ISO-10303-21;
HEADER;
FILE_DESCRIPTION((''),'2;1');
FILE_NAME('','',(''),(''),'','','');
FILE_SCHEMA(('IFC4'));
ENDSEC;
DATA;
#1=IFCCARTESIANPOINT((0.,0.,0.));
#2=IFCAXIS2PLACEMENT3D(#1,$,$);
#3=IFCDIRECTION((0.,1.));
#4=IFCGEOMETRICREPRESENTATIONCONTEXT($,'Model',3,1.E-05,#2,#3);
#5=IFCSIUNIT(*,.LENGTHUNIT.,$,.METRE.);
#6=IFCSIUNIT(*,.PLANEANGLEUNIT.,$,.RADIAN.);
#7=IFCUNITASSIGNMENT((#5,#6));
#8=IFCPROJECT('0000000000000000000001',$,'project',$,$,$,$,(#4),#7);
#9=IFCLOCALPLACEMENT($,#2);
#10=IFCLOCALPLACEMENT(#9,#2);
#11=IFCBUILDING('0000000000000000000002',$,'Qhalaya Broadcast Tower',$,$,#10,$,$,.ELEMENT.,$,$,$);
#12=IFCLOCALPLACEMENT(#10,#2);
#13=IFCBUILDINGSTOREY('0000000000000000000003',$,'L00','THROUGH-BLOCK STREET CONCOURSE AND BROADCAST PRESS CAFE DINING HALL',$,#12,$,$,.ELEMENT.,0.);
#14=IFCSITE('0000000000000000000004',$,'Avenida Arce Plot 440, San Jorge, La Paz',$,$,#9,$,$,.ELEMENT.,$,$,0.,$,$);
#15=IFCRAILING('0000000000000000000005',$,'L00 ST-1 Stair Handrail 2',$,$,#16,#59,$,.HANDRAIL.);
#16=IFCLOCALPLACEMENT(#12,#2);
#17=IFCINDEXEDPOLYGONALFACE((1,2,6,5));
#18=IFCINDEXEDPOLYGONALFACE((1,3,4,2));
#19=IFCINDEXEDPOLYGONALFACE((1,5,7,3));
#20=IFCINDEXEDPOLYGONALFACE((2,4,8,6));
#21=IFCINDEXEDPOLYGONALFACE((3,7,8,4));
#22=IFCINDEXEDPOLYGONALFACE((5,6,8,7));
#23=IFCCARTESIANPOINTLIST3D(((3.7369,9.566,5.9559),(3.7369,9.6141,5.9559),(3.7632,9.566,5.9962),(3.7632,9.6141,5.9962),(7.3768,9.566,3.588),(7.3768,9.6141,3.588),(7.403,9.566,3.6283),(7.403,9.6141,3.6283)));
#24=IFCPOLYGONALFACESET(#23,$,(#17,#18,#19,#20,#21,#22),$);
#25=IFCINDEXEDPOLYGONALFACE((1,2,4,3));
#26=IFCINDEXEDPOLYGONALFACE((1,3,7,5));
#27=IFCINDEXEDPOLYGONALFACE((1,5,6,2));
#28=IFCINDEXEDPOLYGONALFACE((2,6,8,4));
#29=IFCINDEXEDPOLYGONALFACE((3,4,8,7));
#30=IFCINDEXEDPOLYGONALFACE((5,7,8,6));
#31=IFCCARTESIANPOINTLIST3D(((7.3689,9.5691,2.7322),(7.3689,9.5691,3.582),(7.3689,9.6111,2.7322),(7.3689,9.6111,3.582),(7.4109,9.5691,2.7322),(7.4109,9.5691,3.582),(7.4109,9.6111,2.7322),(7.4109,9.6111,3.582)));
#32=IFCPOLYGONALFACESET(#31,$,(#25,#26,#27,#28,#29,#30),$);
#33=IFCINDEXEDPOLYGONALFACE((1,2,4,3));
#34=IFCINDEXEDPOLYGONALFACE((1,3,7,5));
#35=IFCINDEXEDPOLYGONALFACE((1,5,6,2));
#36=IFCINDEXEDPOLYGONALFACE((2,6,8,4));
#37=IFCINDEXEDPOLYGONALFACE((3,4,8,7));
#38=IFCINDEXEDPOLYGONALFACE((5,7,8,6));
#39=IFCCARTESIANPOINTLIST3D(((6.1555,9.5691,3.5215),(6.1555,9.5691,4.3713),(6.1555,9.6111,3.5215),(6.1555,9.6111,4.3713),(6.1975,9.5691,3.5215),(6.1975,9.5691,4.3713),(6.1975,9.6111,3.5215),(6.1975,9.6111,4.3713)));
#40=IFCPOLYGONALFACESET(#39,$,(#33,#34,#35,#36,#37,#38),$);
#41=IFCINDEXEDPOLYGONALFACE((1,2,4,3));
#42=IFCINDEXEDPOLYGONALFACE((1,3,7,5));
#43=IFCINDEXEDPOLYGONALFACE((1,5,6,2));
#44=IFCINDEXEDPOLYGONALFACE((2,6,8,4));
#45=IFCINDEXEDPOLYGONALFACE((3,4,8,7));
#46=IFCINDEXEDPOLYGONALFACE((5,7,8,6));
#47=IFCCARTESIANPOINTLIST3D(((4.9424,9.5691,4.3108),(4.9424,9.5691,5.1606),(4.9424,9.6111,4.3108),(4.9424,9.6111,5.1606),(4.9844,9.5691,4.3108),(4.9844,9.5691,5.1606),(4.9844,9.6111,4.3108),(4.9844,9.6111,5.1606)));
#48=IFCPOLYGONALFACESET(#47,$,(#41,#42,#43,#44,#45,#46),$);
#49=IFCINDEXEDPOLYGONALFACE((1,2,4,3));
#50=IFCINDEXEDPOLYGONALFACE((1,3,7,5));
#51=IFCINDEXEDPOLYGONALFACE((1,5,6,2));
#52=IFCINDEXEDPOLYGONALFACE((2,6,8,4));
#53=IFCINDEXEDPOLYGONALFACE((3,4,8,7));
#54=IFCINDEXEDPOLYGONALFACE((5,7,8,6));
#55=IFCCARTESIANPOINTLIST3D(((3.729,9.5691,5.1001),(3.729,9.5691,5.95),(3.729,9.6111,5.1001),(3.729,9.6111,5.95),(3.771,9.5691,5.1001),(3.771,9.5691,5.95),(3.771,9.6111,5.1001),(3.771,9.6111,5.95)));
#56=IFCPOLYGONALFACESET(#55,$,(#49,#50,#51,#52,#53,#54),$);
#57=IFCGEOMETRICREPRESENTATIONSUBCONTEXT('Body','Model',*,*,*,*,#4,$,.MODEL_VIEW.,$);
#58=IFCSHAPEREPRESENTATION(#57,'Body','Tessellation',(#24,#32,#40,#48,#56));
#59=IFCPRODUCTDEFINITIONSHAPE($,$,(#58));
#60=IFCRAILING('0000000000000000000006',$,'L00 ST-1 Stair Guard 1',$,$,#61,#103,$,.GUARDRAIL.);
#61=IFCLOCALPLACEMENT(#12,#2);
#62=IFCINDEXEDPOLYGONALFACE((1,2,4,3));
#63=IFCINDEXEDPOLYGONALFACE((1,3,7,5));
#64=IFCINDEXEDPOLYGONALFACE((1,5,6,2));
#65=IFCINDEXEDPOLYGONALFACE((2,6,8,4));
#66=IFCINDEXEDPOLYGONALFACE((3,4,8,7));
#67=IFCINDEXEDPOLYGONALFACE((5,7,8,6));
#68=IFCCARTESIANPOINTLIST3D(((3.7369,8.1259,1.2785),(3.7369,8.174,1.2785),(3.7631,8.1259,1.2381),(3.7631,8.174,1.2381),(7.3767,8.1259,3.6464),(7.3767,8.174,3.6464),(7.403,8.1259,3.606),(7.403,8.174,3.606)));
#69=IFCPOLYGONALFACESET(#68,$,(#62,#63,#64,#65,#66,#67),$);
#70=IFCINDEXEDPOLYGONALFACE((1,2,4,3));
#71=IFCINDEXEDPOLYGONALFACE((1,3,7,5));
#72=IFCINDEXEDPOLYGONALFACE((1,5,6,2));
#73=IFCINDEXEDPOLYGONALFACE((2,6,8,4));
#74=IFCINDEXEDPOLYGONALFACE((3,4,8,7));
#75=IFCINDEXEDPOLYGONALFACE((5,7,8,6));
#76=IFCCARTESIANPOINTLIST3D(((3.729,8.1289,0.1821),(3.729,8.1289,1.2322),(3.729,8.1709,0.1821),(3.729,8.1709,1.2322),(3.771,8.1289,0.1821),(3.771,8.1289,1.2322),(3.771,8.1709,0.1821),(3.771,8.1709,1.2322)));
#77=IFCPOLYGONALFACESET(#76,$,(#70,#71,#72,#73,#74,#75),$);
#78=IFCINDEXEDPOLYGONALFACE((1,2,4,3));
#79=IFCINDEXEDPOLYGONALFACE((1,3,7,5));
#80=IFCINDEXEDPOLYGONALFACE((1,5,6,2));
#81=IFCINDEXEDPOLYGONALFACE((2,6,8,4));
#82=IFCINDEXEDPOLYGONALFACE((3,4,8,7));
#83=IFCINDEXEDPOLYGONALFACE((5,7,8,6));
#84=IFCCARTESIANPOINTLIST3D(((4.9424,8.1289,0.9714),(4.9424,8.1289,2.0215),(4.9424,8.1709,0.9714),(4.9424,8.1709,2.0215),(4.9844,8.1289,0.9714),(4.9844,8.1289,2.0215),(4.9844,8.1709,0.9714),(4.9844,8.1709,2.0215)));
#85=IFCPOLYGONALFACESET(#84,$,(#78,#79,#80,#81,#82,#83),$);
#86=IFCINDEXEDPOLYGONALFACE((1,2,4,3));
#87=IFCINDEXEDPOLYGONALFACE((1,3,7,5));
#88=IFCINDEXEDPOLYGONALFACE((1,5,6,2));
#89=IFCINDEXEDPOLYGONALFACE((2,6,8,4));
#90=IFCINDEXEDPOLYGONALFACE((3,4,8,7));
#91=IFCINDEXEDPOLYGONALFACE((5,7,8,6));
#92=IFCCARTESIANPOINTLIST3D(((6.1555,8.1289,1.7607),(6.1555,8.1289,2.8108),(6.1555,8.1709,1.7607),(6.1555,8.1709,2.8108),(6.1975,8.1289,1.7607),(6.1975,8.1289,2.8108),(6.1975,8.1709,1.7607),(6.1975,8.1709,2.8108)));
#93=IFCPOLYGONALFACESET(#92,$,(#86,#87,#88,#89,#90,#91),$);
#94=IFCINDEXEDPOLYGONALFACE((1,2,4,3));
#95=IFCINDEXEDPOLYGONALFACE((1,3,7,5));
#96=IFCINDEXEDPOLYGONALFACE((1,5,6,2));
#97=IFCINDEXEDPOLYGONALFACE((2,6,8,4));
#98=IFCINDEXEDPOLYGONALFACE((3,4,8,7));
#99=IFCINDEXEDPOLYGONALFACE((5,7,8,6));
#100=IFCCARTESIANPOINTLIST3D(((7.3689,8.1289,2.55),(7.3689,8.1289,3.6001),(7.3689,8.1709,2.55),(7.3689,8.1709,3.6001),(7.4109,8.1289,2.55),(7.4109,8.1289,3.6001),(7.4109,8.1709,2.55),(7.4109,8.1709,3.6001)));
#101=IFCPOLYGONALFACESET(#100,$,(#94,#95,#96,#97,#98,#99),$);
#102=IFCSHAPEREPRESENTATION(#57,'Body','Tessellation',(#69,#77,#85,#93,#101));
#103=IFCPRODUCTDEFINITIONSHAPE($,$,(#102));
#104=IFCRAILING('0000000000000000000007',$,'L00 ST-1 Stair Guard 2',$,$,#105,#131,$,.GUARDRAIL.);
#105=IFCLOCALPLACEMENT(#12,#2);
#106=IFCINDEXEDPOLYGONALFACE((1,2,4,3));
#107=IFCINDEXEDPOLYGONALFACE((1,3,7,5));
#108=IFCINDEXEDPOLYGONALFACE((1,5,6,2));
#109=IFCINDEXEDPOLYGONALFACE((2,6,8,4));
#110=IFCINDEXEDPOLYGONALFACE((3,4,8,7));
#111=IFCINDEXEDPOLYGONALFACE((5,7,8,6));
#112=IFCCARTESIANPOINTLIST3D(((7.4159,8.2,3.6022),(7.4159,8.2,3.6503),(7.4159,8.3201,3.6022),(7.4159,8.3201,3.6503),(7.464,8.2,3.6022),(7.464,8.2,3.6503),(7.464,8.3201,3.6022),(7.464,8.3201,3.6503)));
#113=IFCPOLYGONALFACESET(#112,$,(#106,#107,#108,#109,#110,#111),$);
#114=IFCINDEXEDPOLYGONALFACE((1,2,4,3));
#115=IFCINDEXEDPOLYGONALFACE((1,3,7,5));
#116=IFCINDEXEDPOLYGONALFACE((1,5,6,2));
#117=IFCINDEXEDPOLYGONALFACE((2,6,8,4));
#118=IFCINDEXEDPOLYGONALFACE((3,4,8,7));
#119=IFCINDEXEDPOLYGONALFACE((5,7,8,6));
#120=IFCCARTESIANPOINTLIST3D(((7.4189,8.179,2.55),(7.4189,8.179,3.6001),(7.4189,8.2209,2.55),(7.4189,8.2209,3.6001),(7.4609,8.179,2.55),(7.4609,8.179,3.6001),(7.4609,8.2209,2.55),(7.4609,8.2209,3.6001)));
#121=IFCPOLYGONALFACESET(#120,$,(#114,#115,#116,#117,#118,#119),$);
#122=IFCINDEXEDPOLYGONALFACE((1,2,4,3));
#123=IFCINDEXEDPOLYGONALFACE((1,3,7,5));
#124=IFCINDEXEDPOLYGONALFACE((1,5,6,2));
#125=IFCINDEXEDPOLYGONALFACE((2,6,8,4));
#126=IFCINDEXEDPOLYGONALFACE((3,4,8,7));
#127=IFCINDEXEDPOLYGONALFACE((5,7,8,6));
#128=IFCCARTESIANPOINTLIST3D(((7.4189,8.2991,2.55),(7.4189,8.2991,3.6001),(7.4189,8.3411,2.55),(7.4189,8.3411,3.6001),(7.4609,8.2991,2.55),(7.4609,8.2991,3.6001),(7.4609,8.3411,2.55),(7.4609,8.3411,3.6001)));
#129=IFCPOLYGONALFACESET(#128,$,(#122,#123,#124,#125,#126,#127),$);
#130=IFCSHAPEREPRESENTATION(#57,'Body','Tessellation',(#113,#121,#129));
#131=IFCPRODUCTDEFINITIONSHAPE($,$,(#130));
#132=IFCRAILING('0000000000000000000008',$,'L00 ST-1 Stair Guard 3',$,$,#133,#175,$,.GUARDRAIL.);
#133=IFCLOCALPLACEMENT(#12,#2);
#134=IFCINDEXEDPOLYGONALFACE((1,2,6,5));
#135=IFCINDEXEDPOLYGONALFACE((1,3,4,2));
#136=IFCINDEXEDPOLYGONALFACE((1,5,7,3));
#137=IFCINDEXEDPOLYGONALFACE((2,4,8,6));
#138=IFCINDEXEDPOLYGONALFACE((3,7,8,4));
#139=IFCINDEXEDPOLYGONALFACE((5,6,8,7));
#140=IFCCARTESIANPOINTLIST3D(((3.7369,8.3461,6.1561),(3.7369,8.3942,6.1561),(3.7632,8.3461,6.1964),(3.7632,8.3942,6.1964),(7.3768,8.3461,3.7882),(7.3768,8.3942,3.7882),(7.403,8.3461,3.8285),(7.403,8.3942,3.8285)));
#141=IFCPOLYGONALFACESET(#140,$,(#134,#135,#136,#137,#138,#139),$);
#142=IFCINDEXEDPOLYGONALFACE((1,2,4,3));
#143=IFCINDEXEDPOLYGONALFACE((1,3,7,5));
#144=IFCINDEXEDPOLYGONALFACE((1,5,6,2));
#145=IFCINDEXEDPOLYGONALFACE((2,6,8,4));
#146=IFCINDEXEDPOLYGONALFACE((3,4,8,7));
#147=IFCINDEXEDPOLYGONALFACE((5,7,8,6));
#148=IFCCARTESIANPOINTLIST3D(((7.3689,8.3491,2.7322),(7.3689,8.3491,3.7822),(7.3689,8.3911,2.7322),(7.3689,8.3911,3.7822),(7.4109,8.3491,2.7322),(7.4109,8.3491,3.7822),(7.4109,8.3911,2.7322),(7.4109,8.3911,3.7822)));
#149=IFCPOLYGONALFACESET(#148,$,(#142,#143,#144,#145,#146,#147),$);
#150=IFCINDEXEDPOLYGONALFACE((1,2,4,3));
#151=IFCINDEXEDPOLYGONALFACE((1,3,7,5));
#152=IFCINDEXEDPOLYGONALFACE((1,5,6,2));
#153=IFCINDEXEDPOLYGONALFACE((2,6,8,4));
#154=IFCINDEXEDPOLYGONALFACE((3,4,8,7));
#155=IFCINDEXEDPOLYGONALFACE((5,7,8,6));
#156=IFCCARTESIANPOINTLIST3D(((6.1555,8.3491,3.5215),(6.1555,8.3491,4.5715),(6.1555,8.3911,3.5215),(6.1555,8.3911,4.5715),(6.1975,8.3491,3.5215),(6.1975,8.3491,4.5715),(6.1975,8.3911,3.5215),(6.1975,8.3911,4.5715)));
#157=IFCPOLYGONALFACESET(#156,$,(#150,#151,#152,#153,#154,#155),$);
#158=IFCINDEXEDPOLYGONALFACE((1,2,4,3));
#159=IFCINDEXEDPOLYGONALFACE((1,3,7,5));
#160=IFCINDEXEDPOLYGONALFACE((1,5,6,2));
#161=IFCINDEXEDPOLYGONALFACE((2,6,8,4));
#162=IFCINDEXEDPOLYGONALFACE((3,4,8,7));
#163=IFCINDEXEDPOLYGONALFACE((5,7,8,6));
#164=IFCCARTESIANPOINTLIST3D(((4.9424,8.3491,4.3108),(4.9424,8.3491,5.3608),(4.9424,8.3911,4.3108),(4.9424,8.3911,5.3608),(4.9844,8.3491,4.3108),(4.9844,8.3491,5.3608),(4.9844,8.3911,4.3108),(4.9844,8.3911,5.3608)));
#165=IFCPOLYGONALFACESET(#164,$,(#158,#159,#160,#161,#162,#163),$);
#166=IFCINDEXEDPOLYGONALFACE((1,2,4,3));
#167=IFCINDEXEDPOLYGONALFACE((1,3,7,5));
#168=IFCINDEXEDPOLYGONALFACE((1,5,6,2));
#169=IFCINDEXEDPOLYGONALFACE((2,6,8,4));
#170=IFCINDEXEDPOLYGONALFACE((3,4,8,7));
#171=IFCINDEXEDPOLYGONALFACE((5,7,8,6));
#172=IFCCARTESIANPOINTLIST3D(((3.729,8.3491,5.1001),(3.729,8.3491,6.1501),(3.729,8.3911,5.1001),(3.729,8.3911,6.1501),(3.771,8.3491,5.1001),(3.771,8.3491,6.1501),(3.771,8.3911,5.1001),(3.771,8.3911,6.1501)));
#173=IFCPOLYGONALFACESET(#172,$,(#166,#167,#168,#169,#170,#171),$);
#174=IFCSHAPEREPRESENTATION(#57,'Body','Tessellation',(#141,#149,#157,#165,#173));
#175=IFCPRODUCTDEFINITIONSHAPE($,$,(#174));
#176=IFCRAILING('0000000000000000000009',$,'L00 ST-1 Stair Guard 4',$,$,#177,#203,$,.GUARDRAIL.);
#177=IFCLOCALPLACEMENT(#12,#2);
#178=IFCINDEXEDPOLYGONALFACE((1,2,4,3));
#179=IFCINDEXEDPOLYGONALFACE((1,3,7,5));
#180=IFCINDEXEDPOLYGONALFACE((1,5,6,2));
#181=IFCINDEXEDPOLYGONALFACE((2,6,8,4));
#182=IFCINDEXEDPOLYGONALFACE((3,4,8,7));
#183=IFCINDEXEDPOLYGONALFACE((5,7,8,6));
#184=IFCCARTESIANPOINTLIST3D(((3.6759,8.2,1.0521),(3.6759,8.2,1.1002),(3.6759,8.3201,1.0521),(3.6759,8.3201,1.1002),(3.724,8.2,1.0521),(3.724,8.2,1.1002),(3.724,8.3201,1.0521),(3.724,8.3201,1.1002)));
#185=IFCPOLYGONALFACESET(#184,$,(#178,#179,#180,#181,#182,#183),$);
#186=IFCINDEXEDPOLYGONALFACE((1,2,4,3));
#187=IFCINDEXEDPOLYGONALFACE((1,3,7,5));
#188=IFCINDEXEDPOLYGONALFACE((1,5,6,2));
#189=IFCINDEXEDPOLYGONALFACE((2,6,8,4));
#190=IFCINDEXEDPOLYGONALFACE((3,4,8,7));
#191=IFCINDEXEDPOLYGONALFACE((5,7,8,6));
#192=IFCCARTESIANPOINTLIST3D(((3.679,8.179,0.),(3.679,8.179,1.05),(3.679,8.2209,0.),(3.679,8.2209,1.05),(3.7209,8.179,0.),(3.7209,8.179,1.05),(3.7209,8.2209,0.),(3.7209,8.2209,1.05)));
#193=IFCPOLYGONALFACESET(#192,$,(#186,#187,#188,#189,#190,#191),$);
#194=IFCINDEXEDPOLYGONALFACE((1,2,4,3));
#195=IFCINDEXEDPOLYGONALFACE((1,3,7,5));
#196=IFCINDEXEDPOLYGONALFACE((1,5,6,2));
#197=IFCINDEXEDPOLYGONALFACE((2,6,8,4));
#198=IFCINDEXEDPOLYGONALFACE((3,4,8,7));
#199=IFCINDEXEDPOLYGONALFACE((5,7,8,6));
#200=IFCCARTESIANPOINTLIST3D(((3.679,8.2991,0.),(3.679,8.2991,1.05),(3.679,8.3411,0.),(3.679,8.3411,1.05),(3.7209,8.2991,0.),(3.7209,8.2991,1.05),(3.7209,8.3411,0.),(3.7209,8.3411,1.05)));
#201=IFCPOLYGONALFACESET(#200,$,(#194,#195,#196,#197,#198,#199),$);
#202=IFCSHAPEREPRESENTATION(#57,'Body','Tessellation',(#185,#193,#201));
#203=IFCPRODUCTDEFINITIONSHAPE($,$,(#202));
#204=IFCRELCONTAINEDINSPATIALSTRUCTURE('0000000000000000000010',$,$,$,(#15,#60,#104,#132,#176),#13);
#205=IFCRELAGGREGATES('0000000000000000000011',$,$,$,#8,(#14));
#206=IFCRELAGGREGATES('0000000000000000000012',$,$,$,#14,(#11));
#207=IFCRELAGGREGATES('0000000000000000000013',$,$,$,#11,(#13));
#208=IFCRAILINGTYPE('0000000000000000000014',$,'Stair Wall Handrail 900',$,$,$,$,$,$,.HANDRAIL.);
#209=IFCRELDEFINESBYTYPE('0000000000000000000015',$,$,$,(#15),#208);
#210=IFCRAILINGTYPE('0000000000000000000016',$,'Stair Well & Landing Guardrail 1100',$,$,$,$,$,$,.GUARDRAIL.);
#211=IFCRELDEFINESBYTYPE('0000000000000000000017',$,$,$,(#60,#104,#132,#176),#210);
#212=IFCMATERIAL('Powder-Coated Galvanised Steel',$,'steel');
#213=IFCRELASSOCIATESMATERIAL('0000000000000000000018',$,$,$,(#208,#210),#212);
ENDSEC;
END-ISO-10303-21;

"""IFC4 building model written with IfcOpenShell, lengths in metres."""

from ifc_helpers import new_model, si_unit, direction, frame, origin, origin_2d, place, context, subcontext, project, spatial, rectangle, extrude, material, type_object, element, save


model = new_model("IFC4")

# Units and contexts
model_context = context("Model", 3, precision=1e-05, world=origin(), true_north=direction((0.0, 1.0)))
body_context = subcontext(model_context, "Body", "Model", "MODEL_VIEW")
ifc_project = project(units=[si_unit("LENGTHUNIT", "METRE"), si_unit("PLANEANGLEUNIT", "RADIAN")], contexts=[model_context])

# Site, building, storey
site_placement = place(None, origin())
site = spatial("IfcSite", under=ifc_project, at=site_placement, Name="Avenida Arce Plot 440, San Jorge, La Paz", CompositionType="ELEMENT", RefElevation=0.0)
building_placement = place(site_placement, origin())
building = spatial("IfcBuilding", under=site, at=building_placement, Name="Qhalaya Broadcast Tower", CompositionType="ELEMENT")
storey_placement = place(building_placement, origin())
storey = spatial("IfcBuildingStorey", under=building, at=storey_placement, Name="L00", Description="THROUGH-BLOCK STREET CONCOURSE AND BROADCAST PRESS CAFE DINING HALL", CompositionType="ELEMENT", Elevation=0.0)

# Railings
ifc_material_1 = material(Name="Powder-Coated Galvanised Steel", Category="steel")
railing_type_1 = type_object("IfcRailingType", Name="Stair Wall Handrail 900", PredefinedType="HANDRAIL", material=ifc_material_1)
railing_1_placement = place(storey_placement, frame((7.3899, 9.5901, 2.7322)))
element("IfcRailing", 1, at=railing_1_placement, inside=storey, type_object=railing_type_1, Name="L00 ST-1 Stair Handrail 2", PredefinedType="HANDRAIL", context=body_context, shape_type="SweptSolid", body=[
    extrude(rectangle(XDim=0.0481, YDim=0.0481, at=origin_2d()), frame((0.0, 0.0, 0.876), z_axis=(-0.838234, 0.0, 0.54531), x_axis=(0.0, -1.0, 0.0)), (0.0, 0.0, 1.0), 4.3423),
    extrude(rectangle(XDim=0.042, YDim=0.042, at=origin_2d()), origin(), (0.0, 0.0, 1.0), 0.8499),
    extrude(rectangle(XDim=0.042, YDim=0.042, at=origin_2d()), frame((-1.2134, 0.0, 0.7893)), (0.0, 0.0, 1.0), 0.8499),
    extrude(rectangle(XDim=0.042, YDim=0.042, at=origin_2d()), frame((-2.4265, 0.0, 1.5786)), (0.0, 0.0, 1.0), 0.8499),
    extrude(rectangle(XDim=0.042, YDim=0.042, at=origin_2d()), frame((-3.6399, 0.0, 2.3679)), (0.0, 0.0, 1.0), 0.8499),
])
railing_type_2 = type_object("IfcRailingType", Name="Stair Well & Landing Guardrail 1100", PredefinedType="GUARDRAIL", material=ifc_material_1)
railing_2_placement = place(storey_placement, frame((3.75, 8.1499, 0.1821)))
element("IfcRailing", 2, at=railing_2_placement, inside=storey, type_object=railing_type_2, Name="L00 ST-1 Stair Guard 1", PredefinedType="GUARDRAIL", context=body_context, shape_type="SweptSolid", body=[
    extrude(rectangle(XDim=0.0481, YDim=0.0481, at=origin_2d()), frame((0.0, 0.0, 1.0762), z_axis=(0.838234, 0.0, 0.54531), x_axis=(0.0, 1.0, 0.0)), (0.0, 0.0, 1.0), 4.3423),
    extrude(rectangle(XDim=0.042, YDim=0.042, at=origin_2d()), origin(), (0.0, 0.0, 1.0), 1.05),
    extrude(rectangle(XDim=0.042, YDim=0.042, at=origin_2d()), frame((1.2134, 0.0, 0.7893)), (0.0, 0.0, 1.0), 1.05),
    extrude(rectangle(XDim=0.042, YDim=0.042, at=origin_2d()), frame((2.4265, 0.0, 1.5786)), (0.0, 0.0, 1.0), 1.05),
    extrude(rectangle(XDim=0.042, YDim=0.042, at=origin_2d()), frame((3.6399, 0.0, 2.3679)), (0.0, 0.0, 1.0), 1.05),
])
railing_3_placement = place(storey_placement, frame((7.4399, 8.2, 2.55)))
element("IfcRailing", 3, at=railing_3_placement, inside=storey, type_object=railing_type_2, Name="L00 ST-1 Stair Guard 2", PredefinedType="GUARDRAIL", context=body_context, shape_type="SweptSolid", body=[
    extrude(rectangle(XDim=0.0481, YDim=0.0481, at=origin_2d()), frame((0.0, 0.0, 1.0762), z_axis=(0.0, 1.0, 0.0), x_axis=(-1.0, 0.0, 0.0)), (0.0, 0.0, 1.0), 0.1201),
    extrude(rectangle(XDim=0.042, YDim=0.042, at=origin_2d()), origin(), (0.0, 0.0, 1.0), 1.05),
    extrude(rectangle(XDim=0.042, YDim=0.042, at=origin_2d()), frame((0.0, 0.1201, 0.0)), (0.0, 0.0, 1.0), 1.05),
])
railing_4_placement = place(storey_placement, frame((7.3899, 8.3701, 2.7322)))
element("IfcRailing", 4, at=railing_4_placement, inside=storey, type_object=railing_type_2, Name="L00 ST-1 Stair Guard 3", PredefinedType="GUARDRAIL", context=body_context, shape_type="SweptSolid", body=[
    extrude(rectangle(XDim=0.0481, YDim=0.0481, at=origin_2d()), frame((0.0, 0.0, 1.0762), z_axis=(-0.838234, 0.0, 0.54531), x_axis=(0.0, -1.0, 0.0)), (0.0, 0.0, 1.0), 4.3423),
    extrude(rectangle(XDim=0.042, YDim=0.042, at=origin_2d()), origin(), (0.0, 0.0, 1.0), 1.05),
    extrude(rectangle(XDim=0.042, YDim=0.042, at=origin_2d()), frame((-1.2134, 0.0, 0.7893)), (0.0, 0.0, 1.0), 1.05),
    extrude(rectangle(XDim=0.042, YDim=0.042, at=origin_2d()), frame((-2.4265, 0.0, 1.5786)), (0.0, 0.0, 1.0), 1.05),
    extrude(rectangle(XDim=0.042, YDim=0.042, at=origin_2d()), frame((-3.6399, 0.0, 2.3679)), (0.0, 0.0, 1.0), 1.05),
])
railing_5_placement = place(storey_placement, frame((3.7, 8.2, 0.0)))
element("IfcRailing", 5, at=railing_5_placement, inside=storey, type_object=railing_type_2, Name="L00 ST-1 Stair Guard 4", PredefinedType="GUARDRAIL", context=body_context, shape_type="SweptSolid", body=[
    extrude(rectangle(XDim=0.0481, YDim=0.0481, at=origin_2d()), frame((0.0, 0.0, 1.0762), z_axis=(0.0, 1.0, 0.0), x_axis=(-1.0, 0.0, 0.0)), (0.0, 0.0, 1.0), 0.1201),
    extrude(rectangle(XDim=0.042, YDim=0.042, at=origin_2d()), origin(), (0.0, 0.0, 1.0), 1.05),
    extrude(rectangle(XDim=0.042, YDim=0.042, at=origin_2d()), frame((0.0, 0.1201, 0.0)), (0.0, 0.0, 1.0), 1.05),
])

save(model, "model.ifc")
